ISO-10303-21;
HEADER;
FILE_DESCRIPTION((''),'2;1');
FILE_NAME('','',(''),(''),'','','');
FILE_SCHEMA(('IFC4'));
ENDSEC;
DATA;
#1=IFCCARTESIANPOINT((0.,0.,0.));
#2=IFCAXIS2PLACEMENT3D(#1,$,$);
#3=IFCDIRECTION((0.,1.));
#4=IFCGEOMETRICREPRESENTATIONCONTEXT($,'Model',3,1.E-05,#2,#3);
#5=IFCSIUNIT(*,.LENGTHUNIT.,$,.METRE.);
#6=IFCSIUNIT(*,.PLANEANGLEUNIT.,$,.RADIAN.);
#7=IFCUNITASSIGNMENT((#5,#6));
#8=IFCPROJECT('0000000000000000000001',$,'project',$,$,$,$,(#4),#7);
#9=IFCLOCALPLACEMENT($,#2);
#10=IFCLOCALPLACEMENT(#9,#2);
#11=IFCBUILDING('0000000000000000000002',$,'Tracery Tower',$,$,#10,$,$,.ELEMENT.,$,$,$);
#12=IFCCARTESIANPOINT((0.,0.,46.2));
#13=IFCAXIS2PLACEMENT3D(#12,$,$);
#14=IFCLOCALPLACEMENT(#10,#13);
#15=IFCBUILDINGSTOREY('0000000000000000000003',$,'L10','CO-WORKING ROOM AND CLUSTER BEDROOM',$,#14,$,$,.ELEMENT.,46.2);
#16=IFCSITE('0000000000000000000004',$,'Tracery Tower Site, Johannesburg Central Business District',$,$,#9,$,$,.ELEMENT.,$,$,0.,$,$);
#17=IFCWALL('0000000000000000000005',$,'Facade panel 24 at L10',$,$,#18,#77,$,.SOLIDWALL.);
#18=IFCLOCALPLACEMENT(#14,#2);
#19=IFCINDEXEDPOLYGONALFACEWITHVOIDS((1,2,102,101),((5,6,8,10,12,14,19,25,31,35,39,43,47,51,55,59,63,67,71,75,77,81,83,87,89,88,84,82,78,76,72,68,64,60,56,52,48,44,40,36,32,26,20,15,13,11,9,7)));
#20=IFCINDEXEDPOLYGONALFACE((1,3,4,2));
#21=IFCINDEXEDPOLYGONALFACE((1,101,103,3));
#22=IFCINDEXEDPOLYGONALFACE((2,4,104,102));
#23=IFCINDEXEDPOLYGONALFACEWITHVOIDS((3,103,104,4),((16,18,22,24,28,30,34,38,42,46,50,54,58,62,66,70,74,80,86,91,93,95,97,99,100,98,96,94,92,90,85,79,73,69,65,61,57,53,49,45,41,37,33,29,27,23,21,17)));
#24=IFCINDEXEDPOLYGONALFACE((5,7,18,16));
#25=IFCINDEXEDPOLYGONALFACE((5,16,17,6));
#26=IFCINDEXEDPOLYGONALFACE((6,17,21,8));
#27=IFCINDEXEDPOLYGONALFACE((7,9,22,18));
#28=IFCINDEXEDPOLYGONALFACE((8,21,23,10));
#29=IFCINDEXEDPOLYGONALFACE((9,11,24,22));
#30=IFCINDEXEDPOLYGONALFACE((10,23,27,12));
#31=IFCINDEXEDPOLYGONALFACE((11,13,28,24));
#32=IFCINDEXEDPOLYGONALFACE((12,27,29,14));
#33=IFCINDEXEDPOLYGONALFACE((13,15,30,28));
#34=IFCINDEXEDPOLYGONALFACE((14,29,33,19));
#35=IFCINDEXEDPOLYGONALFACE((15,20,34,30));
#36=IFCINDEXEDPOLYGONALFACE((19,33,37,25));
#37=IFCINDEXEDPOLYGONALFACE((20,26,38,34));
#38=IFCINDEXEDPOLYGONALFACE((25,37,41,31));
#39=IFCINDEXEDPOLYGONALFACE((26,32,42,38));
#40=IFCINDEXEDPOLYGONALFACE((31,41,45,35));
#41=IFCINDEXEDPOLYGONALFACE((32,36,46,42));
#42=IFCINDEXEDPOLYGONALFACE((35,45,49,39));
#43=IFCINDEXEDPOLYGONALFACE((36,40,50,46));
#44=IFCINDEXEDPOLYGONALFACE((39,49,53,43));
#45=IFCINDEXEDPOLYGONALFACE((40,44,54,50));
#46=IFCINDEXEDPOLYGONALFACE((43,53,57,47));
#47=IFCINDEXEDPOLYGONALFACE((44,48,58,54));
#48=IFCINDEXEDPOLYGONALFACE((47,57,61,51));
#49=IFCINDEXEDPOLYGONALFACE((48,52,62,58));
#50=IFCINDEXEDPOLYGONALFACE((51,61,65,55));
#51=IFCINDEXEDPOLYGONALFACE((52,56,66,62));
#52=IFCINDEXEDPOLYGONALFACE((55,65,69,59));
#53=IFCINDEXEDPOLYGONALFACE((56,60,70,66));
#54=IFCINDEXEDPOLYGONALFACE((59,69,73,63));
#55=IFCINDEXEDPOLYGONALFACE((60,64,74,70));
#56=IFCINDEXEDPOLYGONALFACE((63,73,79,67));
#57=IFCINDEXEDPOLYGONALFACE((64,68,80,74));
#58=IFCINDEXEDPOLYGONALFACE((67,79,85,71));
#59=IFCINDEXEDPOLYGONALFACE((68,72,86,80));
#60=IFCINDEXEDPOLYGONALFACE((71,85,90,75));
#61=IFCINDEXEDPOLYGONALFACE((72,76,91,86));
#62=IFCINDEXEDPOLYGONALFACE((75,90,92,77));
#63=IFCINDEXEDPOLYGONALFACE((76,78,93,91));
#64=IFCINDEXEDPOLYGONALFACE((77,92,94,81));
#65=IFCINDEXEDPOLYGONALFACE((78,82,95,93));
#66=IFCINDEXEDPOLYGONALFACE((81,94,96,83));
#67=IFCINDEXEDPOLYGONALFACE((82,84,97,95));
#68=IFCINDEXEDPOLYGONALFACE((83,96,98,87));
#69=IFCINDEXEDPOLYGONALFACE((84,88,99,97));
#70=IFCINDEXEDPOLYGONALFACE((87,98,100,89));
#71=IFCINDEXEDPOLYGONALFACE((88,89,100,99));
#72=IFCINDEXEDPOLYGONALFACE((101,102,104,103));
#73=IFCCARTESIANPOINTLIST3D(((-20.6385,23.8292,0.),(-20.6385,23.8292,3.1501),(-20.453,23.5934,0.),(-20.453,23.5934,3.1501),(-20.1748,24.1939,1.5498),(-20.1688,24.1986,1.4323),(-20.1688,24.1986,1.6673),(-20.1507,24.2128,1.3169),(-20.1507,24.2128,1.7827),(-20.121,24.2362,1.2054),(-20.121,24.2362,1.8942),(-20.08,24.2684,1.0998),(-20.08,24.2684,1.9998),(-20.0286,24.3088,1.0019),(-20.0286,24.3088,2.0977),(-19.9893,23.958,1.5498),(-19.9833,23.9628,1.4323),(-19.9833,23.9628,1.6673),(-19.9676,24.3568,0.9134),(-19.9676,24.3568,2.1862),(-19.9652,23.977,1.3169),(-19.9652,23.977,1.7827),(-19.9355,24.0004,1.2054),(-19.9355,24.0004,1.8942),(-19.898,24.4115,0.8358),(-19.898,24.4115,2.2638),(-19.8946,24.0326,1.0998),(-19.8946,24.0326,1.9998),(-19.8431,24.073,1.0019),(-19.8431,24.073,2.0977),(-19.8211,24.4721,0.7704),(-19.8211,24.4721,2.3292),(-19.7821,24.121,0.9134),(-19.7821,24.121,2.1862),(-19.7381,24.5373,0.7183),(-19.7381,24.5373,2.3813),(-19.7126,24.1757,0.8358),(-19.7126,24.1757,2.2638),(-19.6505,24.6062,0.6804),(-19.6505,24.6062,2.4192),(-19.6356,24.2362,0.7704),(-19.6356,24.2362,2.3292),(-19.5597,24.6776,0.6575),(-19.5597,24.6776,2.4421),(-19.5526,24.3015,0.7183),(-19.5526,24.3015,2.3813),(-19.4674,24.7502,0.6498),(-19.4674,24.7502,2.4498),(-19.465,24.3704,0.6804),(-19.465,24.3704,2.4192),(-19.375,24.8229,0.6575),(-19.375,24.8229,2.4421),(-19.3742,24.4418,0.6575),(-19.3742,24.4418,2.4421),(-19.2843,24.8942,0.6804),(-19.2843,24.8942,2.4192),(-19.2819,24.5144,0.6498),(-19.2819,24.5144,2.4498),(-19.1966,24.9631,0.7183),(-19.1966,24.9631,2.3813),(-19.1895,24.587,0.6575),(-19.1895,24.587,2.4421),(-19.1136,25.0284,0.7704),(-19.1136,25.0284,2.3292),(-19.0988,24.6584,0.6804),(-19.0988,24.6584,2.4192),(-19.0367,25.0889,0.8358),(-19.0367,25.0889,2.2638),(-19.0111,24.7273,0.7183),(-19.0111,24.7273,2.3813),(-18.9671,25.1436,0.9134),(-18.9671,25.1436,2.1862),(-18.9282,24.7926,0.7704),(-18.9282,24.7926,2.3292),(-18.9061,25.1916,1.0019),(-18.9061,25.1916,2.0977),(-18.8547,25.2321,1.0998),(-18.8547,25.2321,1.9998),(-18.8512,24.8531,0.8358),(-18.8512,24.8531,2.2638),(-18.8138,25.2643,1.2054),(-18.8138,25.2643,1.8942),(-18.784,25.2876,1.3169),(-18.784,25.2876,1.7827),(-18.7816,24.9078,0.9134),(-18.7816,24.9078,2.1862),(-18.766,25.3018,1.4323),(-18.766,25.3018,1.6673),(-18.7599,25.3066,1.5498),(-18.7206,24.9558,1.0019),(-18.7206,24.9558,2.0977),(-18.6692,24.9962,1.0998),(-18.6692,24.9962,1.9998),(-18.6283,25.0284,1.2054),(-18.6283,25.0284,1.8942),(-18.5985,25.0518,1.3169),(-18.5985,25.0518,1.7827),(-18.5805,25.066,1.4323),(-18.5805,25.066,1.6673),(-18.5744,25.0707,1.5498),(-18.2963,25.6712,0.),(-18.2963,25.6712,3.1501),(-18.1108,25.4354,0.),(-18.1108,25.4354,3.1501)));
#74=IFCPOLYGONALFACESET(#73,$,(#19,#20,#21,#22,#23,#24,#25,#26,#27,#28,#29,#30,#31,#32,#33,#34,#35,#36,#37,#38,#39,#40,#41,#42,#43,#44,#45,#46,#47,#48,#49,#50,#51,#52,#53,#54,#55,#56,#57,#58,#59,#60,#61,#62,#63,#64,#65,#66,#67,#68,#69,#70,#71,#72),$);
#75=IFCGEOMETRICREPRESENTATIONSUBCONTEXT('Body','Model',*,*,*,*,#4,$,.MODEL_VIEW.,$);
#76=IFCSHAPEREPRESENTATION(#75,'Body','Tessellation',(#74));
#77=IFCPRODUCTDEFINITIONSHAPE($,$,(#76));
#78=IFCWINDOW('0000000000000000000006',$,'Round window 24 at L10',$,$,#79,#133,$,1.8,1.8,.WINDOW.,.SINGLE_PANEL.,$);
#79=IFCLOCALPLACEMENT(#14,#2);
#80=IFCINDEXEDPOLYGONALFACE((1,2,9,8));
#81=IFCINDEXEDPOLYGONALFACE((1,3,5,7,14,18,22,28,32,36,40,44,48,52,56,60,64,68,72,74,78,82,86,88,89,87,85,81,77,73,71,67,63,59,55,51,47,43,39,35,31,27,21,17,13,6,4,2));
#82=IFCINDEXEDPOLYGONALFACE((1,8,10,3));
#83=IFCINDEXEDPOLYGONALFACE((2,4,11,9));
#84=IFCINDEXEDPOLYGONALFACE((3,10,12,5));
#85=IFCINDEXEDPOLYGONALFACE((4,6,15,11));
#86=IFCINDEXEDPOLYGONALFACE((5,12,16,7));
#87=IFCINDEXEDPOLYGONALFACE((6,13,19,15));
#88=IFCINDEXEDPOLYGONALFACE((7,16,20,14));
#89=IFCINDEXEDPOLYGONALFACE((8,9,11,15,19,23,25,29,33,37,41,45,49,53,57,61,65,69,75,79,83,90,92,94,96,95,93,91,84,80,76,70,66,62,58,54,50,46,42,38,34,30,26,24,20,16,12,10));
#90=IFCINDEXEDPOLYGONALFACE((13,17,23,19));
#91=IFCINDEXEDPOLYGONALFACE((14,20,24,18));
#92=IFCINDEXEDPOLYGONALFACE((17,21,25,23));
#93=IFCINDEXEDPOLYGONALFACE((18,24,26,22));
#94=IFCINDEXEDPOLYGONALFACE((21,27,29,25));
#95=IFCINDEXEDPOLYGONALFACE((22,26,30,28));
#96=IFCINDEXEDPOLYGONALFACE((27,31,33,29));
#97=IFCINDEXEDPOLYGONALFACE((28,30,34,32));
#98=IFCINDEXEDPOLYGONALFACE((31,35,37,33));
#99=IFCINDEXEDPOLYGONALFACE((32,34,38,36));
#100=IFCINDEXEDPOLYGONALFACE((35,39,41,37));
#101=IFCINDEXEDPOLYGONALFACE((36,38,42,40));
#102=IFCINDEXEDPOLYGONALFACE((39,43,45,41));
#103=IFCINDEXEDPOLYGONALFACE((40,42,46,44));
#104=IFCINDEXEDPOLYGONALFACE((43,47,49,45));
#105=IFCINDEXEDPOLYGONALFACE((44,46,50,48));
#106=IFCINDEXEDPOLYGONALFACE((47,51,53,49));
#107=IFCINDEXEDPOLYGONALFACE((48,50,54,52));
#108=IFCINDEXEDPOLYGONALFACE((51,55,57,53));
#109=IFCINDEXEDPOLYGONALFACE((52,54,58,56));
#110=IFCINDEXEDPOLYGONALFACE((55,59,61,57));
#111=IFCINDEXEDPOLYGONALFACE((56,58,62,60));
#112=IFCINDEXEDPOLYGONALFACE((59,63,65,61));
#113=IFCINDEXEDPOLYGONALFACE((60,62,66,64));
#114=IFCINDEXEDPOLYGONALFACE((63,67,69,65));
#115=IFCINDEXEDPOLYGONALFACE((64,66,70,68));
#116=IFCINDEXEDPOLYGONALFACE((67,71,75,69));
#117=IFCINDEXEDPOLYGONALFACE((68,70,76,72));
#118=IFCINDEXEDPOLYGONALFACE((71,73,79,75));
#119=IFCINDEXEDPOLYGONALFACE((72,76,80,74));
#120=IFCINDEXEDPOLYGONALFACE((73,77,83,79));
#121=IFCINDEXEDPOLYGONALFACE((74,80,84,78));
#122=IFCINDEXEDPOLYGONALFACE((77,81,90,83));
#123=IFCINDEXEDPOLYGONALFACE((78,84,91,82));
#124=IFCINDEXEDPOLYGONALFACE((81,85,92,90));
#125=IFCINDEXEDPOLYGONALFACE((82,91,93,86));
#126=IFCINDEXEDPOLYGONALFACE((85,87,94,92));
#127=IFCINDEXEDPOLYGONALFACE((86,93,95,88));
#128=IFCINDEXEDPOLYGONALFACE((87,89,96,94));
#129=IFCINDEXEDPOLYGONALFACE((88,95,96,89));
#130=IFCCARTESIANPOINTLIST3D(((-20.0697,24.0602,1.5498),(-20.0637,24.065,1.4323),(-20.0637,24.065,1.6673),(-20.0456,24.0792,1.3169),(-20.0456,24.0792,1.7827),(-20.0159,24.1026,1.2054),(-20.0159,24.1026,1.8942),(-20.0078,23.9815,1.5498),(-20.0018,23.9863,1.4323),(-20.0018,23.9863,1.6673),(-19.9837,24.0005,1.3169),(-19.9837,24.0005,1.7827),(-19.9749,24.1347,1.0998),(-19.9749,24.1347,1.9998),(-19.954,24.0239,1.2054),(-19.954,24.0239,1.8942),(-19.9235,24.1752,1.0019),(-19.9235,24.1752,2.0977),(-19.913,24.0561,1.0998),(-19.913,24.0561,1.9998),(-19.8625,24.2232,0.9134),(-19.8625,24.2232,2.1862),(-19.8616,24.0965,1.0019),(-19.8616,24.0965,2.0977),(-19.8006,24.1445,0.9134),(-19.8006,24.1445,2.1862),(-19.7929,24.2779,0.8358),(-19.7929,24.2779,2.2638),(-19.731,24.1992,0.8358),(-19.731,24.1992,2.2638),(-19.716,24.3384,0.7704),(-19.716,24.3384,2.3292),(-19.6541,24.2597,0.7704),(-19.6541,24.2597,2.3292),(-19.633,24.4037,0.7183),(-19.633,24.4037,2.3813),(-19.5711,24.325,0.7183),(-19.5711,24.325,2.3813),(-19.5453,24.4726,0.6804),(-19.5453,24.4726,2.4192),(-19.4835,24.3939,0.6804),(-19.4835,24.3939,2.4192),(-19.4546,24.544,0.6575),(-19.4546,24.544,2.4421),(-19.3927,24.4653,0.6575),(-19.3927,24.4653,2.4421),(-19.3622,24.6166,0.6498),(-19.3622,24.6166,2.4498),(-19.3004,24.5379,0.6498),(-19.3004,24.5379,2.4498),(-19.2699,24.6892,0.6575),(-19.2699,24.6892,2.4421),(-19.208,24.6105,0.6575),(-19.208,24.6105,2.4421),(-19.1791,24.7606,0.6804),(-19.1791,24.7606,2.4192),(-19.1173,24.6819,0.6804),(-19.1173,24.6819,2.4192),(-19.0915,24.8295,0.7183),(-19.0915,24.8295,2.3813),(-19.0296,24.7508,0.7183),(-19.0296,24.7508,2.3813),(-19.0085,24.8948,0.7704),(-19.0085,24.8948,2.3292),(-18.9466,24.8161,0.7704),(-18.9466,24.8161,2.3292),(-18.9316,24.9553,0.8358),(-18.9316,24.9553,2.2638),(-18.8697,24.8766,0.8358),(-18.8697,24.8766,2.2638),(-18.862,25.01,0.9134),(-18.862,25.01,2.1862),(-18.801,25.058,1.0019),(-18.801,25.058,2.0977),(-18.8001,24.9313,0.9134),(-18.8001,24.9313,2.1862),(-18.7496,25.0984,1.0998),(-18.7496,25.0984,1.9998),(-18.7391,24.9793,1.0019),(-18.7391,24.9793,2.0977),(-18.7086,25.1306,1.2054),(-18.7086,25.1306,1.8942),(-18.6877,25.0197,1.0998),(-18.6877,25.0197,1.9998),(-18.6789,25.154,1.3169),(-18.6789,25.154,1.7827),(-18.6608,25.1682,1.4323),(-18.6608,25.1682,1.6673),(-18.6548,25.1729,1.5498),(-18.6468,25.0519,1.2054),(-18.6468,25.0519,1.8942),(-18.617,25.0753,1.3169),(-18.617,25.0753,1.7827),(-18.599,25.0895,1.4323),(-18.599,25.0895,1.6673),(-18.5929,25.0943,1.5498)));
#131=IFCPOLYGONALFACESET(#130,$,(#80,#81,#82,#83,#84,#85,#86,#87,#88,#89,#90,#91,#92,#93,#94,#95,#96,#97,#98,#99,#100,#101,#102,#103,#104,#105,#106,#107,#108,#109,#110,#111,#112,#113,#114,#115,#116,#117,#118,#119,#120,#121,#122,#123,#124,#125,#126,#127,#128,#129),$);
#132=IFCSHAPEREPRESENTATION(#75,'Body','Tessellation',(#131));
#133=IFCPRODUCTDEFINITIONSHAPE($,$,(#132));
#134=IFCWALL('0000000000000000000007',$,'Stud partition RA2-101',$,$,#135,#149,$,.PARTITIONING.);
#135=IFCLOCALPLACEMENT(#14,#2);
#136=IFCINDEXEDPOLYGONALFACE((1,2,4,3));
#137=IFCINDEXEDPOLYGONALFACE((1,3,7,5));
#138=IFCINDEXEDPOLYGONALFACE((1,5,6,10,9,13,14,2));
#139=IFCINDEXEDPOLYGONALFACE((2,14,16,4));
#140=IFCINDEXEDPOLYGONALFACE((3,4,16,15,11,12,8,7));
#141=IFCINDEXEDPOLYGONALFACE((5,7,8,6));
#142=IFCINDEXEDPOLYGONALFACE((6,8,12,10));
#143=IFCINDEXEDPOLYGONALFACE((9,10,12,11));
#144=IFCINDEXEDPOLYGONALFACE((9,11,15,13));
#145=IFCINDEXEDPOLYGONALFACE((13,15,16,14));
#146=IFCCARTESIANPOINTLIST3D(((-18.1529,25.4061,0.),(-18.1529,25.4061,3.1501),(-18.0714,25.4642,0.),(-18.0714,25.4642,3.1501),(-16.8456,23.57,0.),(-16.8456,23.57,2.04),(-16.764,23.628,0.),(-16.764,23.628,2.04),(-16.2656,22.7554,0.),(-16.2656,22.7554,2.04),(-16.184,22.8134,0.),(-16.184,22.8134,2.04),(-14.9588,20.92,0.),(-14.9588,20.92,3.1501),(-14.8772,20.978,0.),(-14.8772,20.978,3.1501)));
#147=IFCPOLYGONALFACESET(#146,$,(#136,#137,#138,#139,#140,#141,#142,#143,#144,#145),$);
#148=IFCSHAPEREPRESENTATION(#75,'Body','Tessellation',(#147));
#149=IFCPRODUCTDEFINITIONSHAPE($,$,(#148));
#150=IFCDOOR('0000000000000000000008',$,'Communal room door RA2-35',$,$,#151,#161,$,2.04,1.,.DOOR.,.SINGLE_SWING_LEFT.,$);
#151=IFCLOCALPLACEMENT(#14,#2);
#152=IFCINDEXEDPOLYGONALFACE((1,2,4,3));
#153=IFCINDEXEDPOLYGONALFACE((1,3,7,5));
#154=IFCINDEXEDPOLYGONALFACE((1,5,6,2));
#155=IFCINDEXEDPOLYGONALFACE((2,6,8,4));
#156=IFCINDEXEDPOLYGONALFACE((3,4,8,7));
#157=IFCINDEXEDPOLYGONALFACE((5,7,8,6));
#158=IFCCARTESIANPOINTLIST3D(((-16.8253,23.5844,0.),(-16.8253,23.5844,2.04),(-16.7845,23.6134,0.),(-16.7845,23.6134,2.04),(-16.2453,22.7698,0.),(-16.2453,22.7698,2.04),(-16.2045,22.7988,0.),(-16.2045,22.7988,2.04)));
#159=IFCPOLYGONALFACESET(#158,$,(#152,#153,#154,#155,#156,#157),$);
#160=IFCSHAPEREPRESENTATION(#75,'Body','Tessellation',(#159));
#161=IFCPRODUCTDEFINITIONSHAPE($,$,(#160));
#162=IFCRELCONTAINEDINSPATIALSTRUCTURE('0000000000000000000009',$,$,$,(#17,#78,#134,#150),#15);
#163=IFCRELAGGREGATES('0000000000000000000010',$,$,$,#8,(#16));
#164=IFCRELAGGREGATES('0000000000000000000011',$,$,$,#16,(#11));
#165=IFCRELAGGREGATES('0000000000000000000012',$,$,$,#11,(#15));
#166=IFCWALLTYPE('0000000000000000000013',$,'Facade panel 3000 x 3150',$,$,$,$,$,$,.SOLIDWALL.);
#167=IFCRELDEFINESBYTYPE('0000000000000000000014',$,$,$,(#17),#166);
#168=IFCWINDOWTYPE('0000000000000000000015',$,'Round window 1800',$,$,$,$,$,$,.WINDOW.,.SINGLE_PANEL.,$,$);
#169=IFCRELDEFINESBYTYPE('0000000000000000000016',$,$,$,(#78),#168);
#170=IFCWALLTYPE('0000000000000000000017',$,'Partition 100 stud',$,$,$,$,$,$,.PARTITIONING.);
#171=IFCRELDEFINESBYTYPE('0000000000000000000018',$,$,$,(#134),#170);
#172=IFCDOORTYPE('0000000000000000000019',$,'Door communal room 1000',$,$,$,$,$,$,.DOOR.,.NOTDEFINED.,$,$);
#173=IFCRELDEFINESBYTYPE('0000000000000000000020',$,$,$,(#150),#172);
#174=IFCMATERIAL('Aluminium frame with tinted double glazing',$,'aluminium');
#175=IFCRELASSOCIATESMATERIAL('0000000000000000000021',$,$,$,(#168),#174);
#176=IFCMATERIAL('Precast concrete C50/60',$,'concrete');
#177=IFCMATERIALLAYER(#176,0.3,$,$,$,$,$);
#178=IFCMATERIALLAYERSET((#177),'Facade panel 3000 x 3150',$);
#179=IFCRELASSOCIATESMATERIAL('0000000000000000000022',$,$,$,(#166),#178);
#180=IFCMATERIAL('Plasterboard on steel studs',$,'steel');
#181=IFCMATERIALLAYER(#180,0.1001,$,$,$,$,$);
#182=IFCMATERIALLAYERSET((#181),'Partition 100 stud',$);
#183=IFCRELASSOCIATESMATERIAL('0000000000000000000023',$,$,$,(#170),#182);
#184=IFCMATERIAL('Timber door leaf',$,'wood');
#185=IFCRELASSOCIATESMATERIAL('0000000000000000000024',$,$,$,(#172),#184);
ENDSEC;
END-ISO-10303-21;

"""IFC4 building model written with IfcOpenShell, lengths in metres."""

from ifc_helpers import new_model, si_unit, direction, frame, frame_2d, origin, origin_2d, place, context, subcontext, project, spatial, rectangle, circle, extrude, material, layer, layer_set, type_object, element, fill, save


model = new_model("IFC4")

# Units and contexts
model_context = context("Model", 3, precision=1e-05, world=origin(), true_north=direction((0.0, 1.0)))
body_context = subcontext(model_context, "Body", "Model", "MODEL_VIEW")
ifc_project = project(units=[si_unit("LENGTHUNIT", "METRE"), si_unit("PLANEANGLEUNIT", "RADIAN")], contexts=[model_context])

# Site, building, storey
site_placement = place(None, origin())
site = spatial("IfcSite", under=ifc_project, at=site_placement, Name="Tracery Tower Site, Johannesburg Central Business District", CompositionType="ELEMENT", RefElevation=0.0)
building_placement = place(site_placement, origin())
building = spatial("IfcBuilding", under=site, at=building_placement, Name="Tracery Tower", CompositionType="ELEMENT")
storey_placement = place(building_placement, frame((0.0, 0.0, 46.2)))
storey = spatial("IfcBuildingStorey", under=building, at=storey_placement, Name="L10", Description="CO-WORKING ROOM AND CLUSTER BEDROOM", CompositionType="ELEMENT", Elevation=46.2)

# Wall, opening, window
ifc_material_1 = material(Name="Aluminium frame with tinted double glazing", Category="aluminium")
window_type = type_object("IfcWindowType", Name="Round window 1800", PartitioningType="SINGLE_PANEL", PredefinedType="WINDOW", material=ifc_material_1)
ifc_material_2 = material(Name="Precast concrete C50/60", Category="concrete")
ifc_layer_1 = layer(ifc_material_2, 0.3)
ifc_layer_set_1 = layer_set([ifc_layer_1], Name="Facade panel 3000 x 3150")
wall_type_1 = type_object("IfcWallType", Name="Facade panel 3000 x 3150", PredefinedType="SOLIDWALL", material=ifc_layer_set_1)
wall_1_placement = place(storey_placement, frame((-18.2036, 25.5532, 0.0), z_axis=(0.0, 0.0, 1.0), x_axis=(-0.786045, -0.618169, 0.0)))
wall_1 = element("IfcWall", 1, at=wall_1_placement, inside=storey, type_object=wall_type_1, Name="Facade panel 24 at L10", PredefinedType="SOLIDWALL", context=body_context, shape_type="SweptSolid", body=[
    extrude(rectangle(XDim=2.9797, YDim=0.3, at=frame_2d((1.4897, 0.0))), origin(), (0.0, 0.0, 1.0), 3.1501),
])
opening_1_placement = place(wall_1_placement, frame((1.4897, 0.0, 1.5498)))
opening_1 = element("IfcOpeningElement", 2, at=opening_1_placement, cuts=wall_1, PredefinedType="OPENING", context=body_context, shape_type="SweptSolid", body=[
    extrude(circle(Radius=0.9, at=origin_2d()), frame((0.0, 0.1599, 0.0), z_axis=(0.0, -1.0, 0.0), x_axis=(1.0, 0.0, 0.0)), (0.0, 0.0, 1.0), 0.3201),
])
window_1_placement = place(opening_1_placement, origin())
window_1 = element("IfcWindow", 3, at=window_1_placement, inside=storey, type_object=window_type, Name="Round window 24 at L10", OverallHeight=1.8, OverallWidth=1.8, PartitioningType="SINGLE_PANEL", PredefinedType="WINDOW", context=body_context, shape_type="SweptSolid", body=[
    extrude(circle(Radius=0.9, at=origin_2d()), frame((0.0, 0.1201, 0.0), z_axis=(0.0, -1.0, 0.0), x_axis=(1.0, 0.0, 0.0)), (0.0, 0.0, 1.0), 0.1001),
])
fill(opening_1, window_1)

# Wall, opening, door
ifc_material_3 = material(Name="Plasterboard on steel studs", Category="steel")
ifc_layer_2 = layer(ifc_material_3, 0.1001)
ifc_layer_set_2 = layer_set([ifc_layer_2], Name="Partition 100 stud")
wall_type_2 = type_object("IfcWallType", Name="Partition 100 stud", PredefinedType="PARTITIONING", material=ifc_layer_set_2)
wall_2_placement = place(storey_placement, frame((-18.1121, 25.4351, 0.0), z_axis=(0.0, 0.0, 1.0), x_axis=(0.580005, -0.814613, 0.0)))
wall_2 = element("IfcWall", 4, at=wall_2_placement, inside=storey, type_object=wall_type_2, Name="Stud partition RA2-101", PredefinedType="PARTITIONING", context=body_context, shape_type="SweptSolid", body=[
    extrude(rectangle(XDim=5.5071, YDim=0.1001, at=frame_2d((2.7534, 0.0))), origin(), (0.0, 0.0, 1.0), 3.1501),
])
opening_2_placement = place(wall_2_placement, frame((2.2539, 0.0, 0.0)))
opening_2 = element("IfcOpeningElement", 5, at=opening_2_placement, cuts=wall_2, PredefinedType="OPENING", context=body_context, shape_type="SweptSolid", body=[
    extrude(rectangle(XDim=1.0, YDim=2.04, at=frame_2d((0.5, 1.02))), frame((0.0, 0.05, 0.0), z_axis=(0.0, -1.0, 0.0), x_axis=(1.0, 0.0, 0.0)), (0.0, 0.0, 1.0), 0.1001),
])
ifc_material_4 = material(Name="Timber door leaf", Category="wood")
door_type_1 = type_object("IfcDoorType", Name="Door communal room 1000", OperationType="NOTDEFINED", PredefinedType="DOOR", material=ifc_material_4)
door_1_placement = place(opening_2_placement, origin())
door_1 = element("IfcDoor", 6, at=door_1_placement, inside=storey, type_object=door_type_1, Name="Communal room door RA2-35", OperationType="SINGLE_SWING_LEFT", OverallHeight=2.04, OverallWidth=1.0, PredefinedType="DOOR", context=body_context, shape_type="SweptSolid", body=[
    extrude(rectangle(XDim=1.0, YDim=2.04, at=frame_2d((0.5, 1.02))), frame((0.0, 0.0249, 0.0), z_axis=(0.0, -1.0, 0.0), x_axis=(1.0, 0.0, 0.0)), (0.0, 0.0, 1.0), 0.05),
])
fill(opening_2, door_1)

save(model, "model.ifc")
